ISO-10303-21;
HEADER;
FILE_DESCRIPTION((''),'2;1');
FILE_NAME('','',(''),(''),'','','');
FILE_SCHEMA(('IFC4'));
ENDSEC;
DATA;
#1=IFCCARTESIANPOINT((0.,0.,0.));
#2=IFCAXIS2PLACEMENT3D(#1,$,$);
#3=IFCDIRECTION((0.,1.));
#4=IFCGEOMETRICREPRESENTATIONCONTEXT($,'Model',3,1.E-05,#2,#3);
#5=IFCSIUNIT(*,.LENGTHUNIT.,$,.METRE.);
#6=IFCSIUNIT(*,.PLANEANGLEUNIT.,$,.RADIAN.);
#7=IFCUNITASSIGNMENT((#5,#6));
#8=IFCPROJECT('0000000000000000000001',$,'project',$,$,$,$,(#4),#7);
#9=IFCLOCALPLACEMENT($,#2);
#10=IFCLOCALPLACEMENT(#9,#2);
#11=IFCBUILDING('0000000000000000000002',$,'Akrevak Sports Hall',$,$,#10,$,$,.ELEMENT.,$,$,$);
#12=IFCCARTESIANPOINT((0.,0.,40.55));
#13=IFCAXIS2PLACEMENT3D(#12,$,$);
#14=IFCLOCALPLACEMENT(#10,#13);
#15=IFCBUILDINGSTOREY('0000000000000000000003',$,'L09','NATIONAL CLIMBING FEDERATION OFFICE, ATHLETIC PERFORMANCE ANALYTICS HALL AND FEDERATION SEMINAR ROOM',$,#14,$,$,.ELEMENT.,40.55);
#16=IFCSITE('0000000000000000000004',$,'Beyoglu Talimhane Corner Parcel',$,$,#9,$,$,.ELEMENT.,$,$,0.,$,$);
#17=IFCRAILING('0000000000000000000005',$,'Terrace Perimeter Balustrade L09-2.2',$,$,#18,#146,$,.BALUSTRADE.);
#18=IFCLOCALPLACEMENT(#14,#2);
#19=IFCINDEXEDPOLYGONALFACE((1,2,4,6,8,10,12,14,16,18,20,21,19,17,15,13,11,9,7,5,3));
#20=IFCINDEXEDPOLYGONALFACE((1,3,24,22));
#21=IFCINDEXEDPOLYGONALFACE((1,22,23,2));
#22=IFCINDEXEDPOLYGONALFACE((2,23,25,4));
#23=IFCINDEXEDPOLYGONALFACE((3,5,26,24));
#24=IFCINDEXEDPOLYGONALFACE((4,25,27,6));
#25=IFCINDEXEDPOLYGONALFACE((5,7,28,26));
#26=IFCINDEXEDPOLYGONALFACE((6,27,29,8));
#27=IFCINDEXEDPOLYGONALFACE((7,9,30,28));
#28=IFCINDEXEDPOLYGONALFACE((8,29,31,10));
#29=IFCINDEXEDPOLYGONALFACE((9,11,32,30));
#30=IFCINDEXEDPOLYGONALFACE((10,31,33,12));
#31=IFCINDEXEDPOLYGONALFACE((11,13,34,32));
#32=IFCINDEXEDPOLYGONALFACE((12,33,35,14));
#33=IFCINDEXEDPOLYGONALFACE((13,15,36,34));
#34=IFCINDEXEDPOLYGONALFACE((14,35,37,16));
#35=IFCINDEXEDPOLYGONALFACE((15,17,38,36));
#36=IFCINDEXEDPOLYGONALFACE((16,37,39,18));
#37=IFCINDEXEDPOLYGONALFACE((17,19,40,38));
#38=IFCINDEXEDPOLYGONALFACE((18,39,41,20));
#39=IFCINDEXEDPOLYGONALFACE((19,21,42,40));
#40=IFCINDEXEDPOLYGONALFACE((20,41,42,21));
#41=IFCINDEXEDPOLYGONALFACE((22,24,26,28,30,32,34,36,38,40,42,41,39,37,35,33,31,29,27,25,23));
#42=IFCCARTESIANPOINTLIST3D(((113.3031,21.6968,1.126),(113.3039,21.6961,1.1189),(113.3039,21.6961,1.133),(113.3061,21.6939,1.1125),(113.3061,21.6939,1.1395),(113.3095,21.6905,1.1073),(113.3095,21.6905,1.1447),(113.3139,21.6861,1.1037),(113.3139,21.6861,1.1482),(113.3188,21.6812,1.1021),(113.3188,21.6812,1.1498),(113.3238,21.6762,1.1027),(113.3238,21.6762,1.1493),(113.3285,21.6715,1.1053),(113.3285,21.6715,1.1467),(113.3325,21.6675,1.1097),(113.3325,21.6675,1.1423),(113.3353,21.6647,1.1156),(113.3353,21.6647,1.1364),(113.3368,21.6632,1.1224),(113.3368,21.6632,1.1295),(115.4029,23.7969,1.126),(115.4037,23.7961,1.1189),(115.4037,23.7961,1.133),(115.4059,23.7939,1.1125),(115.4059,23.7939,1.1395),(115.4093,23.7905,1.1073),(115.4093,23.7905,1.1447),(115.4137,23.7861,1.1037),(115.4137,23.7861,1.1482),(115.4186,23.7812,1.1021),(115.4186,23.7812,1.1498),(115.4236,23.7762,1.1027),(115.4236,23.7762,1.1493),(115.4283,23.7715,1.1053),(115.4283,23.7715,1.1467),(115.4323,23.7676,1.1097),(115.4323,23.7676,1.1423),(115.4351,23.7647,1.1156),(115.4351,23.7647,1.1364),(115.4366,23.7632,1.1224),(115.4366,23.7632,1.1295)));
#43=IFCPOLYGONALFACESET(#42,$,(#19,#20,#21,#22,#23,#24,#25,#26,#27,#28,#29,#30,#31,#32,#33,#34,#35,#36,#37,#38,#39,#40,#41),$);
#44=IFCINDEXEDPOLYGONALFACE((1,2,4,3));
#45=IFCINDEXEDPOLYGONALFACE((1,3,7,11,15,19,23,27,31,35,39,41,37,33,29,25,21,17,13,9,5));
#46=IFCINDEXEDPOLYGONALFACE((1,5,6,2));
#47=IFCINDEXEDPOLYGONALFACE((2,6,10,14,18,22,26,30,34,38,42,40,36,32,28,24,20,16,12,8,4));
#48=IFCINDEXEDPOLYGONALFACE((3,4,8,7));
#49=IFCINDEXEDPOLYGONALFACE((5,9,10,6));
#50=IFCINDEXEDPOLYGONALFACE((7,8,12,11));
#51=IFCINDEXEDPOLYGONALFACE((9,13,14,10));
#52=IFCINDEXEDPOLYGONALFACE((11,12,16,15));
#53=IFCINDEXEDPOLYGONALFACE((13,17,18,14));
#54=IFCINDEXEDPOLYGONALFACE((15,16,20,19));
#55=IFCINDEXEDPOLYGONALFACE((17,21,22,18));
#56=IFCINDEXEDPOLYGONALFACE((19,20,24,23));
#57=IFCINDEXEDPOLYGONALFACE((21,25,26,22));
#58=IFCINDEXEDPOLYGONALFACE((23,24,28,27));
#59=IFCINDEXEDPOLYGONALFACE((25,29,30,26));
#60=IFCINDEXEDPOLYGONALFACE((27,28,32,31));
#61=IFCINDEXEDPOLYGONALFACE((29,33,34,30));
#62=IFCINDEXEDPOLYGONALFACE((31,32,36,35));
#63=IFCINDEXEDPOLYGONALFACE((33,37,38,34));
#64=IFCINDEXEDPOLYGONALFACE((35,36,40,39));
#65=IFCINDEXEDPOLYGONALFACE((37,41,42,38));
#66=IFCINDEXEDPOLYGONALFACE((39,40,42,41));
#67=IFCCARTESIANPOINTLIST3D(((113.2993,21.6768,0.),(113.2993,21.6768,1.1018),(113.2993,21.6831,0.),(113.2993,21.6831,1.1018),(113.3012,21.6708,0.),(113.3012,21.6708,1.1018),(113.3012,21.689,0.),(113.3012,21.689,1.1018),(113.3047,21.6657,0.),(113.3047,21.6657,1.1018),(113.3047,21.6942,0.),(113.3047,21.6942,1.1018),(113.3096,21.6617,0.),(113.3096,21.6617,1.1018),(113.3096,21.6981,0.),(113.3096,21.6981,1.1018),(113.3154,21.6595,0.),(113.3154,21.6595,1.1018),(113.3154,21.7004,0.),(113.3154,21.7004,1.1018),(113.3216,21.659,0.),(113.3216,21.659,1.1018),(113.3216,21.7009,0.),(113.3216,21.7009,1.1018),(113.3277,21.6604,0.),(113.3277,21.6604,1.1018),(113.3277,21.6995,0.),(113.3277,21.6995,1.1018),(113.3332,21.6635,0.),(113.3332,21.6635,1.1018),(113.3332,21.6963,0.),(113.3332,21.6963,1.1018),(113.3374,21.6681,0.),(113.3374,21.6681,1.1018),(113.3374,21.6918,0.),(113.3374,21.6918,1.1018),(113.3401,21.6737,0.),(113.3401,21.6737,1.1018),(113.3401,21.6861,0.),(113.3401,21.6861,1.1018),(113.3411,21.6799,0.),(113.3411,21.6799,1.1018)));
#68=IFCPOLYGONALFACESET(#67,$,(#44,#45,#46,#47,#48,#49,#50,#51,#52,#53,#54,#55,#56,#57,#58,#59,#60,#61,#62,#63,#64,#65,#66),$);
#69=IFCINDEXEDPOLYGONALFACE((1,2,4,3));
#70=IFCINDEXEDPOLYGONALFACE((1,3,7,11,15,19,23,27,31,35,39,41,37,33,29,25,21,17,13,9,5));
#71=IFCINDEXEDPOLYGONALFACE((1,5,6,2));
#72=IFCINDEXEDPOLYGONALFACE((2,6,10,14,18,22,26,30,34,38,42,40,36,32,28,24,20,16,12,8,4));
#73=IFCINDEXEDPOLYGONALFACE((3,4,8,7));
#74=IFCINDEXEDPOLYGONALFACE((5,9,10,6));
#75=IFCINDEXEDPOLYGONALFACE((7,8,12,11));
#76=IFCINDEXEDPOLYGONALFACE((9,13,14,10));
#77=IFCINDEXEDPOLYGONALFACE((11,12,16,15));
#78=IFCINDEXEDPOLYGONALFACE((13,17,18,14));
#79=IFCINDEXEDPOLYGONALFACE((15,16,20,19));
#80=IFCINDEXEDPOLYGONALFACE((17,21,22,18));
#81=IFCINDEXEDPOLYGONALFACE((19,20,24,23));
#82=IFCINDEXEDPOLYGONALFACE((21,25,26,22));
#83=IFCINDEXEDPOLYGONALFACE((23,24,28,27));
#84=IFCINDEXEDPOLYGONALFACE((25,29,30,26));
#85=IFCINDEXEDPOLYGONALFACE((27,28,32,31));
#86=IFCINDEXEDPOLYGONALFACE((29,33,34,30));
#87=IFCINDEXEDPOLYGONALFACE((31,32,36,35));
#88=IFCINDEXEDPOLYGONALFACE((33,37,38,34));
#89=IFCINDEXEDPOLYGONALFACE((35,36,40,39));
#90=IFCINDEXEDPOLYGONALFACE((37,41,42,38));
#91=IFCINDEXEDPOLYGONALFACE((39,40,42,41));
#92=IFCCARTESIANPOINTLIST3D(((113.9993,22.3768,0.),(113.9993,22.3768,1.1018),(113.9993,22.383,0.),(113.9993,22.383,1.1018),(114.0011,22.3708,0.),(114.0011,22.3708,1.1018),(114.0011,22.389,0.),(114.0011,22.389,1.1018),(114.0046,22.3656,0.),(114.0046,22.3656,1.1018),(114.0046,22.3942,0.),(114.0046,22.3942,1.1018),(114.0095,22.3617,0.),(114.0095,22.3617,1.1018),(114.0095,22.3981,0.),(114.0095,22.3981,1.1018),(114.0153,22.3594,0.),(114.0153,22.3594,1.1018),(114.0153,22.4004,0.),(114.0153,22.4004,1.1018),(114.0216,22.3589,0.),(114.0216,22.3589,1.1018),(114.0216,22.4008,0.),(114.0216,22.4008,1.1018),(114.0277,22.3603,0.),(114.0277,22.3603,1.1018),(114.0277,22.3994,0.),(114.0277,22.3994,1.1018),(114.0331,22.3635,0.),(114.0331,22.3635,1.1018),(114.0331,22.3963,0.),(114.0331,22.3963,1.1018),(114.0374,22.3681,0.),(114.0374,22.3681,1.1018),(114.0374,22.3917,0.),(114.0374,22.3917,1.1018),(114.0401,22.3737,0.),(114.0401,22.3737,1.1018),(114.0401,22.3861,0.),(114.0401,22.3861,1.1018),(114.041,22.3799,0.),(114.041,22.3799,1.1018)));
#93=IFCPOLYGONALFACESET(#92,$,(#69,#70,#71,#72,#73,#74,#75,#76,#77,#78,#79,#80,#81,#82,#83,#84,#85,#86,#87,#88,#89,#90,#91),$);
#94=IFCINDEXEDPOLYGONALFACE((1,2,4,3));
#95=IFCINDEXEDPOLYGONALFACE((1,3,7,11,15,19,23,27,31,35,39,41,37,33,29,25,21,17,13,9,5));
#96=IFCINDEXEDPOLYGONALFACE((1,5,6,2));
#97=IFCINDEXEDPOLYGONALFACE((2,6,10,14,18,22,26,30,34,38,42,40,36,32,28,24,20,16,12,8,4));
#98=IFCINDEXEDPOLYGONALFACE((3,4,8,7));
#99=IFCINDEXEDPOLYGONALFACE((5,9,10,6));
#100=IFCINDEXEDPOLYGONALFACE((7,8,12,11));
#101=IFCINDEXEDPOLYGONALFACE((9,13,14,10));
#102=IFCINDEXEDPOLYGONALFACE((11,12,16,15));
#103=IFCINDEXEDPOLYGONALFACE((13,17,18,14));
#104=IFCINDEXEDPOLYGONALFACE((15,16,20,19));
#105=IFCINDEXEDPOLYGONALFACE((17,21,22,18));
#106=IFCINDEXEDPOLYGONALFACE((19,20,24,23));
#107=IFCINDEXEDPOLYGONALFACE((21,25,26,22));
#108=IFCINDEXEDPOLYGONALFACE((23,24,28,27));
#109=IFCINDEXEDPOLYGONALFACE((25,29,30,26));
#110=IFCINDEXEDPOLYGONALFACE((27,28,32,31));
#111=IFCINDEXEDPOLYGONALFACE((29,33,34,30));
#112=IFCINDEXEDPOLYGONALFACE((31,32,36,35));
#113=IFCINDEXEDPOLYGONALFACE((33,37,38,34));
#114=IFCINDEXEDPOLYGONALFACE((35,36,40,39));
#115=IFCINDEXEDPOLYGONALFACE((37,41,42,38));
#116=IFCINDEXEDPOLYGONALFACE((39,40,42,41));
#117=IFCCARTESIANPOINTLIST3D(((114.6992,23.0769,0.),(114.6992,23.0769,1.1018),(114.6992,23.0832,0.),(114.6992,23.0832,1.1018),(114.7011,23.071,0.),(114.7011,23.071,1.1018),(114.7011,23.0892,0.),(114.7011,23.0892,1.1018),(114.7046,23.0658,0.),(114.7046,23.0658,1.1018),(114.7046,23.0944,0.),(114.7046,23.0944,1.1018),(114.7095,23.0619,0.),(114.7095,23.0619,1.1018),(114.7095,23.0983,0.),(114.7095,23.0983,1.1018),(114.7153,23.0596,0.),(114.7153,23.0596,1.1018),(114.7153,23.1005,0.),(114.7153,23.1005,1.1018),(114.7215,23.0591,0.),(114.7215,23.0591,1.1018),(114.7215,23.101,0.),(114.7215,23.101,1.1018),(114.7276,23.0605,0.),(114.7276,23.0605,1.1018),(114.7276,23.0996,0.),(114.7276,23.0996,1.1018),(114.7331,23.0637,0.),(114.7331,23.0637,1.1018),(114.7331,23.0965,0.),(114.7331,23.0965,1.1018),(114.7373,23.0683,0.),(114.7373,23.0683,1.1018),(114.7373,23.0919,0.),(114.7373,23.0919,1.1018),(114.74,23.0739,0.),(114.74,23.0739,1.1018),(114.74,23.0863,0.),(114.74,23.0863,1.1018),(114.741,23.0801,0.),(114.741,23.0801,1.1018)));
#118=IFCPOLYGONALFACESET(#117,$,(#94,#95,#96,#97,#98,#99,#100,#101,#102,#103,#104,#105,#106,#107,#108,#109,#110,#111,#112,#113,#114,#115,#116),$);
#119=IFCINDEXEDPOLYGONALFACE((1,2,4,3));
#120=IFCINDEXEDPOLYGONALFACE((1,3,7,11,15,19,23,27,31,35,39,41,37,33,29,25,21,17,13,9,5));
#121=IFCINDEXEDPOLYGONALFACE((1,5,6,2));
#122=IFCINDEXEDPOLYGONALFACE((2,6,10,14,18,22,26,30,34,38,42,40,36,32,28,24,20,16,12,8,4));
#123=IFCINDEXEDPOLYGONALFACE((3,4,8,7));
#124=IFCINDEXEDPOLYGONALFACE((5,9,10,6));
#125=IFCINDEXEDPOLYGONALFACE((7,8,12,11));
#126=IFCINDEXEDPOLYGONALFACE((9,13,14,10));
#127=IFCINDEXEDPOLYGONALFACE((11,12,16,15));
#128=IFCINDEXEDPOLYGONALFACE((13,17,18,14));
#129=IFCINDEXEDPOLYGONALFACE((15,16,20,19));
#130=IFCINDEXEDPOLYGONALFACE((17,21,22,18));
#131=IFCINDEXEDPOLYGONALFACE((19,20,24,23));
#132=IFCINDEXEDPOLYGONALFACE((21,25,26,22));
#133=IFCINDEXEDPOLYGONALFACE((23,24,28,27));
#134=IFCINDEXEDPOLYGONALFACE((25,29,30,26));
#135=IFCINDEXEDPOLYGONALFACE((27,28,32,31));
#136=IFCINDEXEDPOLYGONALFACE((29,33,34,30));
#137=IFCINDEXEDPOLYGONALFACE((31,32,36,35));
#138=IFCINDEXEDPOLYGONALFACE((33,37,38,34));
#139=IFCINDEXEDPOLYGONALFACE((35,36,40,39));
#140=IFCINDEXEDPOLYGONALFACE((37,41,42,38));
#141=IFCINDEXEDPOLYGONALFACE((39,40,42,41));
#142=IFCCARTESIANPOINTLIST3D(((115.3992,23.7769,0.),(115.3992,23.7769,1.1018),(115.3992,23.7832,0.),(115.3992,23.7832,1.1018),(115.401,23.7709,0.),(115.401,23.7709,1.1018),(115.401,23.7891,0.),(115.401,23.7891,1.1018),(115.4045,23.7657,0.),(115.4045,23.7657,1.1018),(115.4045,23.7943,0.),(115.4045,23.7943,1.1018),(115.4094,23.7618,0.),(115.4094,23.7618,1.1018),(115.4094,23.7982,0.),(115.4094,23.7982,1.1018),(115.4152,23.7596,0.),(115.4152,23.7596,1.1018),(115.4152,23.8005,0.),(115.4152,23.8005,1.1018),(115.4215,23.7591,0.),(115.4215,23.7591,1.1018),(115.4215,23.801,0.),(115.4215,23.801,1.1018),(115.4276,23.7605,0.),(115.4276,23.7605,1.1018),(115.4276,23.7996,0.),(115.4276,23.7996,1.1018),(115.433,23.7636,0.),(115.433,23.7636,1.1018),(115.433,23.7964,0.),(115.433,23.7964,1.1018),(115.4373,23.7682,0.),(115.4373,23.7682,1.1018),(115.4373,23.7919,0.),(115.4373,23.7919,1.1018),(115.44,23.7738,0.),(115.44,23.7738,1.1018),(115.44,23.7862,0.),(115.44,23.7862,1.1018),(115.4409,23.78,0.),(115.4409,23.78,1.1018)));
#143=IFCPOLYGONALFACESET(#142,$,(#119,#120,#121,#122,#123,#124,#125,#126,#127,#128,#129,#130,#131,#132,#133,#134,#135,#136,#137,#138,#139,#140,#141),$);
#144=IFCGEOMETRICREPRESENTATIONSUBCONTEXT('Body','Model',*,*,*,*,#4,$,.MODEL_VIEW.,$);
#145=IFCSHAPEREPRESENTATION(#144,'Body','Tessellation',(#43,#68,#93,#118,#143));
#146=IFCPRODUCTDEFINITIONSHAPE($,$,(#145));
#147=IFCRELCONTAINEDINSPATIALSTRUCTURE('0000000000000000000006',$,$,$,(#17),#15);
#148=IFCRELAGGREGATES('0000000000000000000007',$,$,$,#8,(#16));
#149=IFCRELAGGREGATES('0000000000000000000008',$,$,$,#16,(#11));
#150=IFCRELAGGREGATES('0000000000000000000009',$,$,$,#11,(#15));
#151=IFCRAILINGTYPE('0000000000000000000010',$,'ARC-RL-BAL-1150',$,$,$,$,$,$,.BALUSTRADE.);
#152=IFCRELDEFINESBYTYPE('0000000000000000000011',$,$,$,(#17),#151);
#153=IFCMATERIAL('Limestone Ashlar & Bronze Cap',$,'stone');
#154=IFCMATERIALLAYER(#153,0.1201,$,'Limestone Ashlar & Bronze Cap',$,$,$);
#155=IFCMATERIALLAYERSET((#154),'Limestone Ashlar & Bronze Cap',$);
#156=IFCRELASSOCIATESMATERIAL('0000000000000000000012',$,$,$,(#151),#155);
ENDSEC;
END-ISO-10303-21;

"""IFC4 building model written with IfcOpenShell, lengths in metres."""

from ifc_helpers import new_model, si_unit, direction, frame, origin, origin_2d, place, context, subcontext, project, spatial, circle, extrude, material, layer, layer_set, type_object, element, save


model = new_model("IFC4")

# Units and contexts
model_context = context("Model", 3, precision=1e-05, world=origin(), true_north=direction((0.0, 1.0)))
body_context = subcontext(model_context, "Body", "Model", "MODEL_VIEW")
ifc_project = project(units=[si_unit("LENGTHUNIT", "METRE"), si_unit("PLANEANGLEUNIT", "RADIAN")], contexts=[model_context])

# Site, building, storey
site_placement = place(None, origin())
site = spatial("IfcSite", under=ifc_project, at=site_placement, Name="Beyoglu Talimhane Corner Parcel", CompositionType="ELEMENT", RefElevation=0.0)
building_placement = place(site_placement, origin())
building = spatial("IfcBuilding", under=site, at=building_placement, Name="Akrevak Sports Hall", CompositionType="ELEMENT")
storey_placement = place(building_placement, frame((0.0, 0.0, 40.55)))
storey = spatial("IfcBuildingStorey", under=building, at=storey_placement, Name="L09", Description="NATIONAL CLIMBING FEDERATION OFFICE, ATHLETIC PERFORMANCE ANALYTICS HALL AND FEDERATION SEMINAR ROOM", CompositionType="ELEMENT", Elevation=40.55)

# Railing
ifc_material_1 = material(Name="Limestone Ashlar & Bronze Cap", Category="stone")
ifc_layer_1 = layer(ifc_material_1, 0.1201, Name="Limestone Ashlar & Bronze Cap")
ifc_layer_set_1 = layer_set([ifc_layer_1], Name="Limestone Ashlar & Bronze Cap")
railing_type = type_object("IfcRailingType", Name="ARC-RL-BAL-1150", PredefinedType="BALUSTRADE", material=ifc_layer_set_1)
railing_1_placement = place(storey_placement, frame((113.3201, 21.6799, 0.0)))
element("IfcRailing", 1, at=railing_1_placement, inside=storey, type_object=railing_type, Name="Terrace Perimeter Balustrade L09-2.2", PredefinedType="BALUSTRADE", context=body_context, shape_type="SweptSolid", body=[
    extrude(circle(Radius=0.0239, at=origin_2d()), frame((0.0, 0.0, 1.126), z_axis=(0.707066, 0.707148, 0.0), x_axis=(-0.707148, 0.707066, 0.0)), (0.0, 0.0, 1.0), 2.9697),
    extrude(circle(Radius=0.021, at=origin_2d()), origin(), (0.0, 0.0, 1.0), 1.1018),
    extrude(circle(Radius=0.021, at=origin_2d()), frame((0.7, 0.7, 0.0)), (0.0, 0.0, 1.0), 1.1018),
    extrude(circle(Radius=0.021, at=origin_2d()), frame((1.3999, 1.4001, 0.0)), (0.0, 0.0, 1.0), 1.1018),
    extrude(circle(Radius=0.021, at=origin_2d()), frame((2.0999, 2.1001, 0.0)), (0.0, 0.0, 1.0), 1.1018),
])

save(model, "model.ifc")
